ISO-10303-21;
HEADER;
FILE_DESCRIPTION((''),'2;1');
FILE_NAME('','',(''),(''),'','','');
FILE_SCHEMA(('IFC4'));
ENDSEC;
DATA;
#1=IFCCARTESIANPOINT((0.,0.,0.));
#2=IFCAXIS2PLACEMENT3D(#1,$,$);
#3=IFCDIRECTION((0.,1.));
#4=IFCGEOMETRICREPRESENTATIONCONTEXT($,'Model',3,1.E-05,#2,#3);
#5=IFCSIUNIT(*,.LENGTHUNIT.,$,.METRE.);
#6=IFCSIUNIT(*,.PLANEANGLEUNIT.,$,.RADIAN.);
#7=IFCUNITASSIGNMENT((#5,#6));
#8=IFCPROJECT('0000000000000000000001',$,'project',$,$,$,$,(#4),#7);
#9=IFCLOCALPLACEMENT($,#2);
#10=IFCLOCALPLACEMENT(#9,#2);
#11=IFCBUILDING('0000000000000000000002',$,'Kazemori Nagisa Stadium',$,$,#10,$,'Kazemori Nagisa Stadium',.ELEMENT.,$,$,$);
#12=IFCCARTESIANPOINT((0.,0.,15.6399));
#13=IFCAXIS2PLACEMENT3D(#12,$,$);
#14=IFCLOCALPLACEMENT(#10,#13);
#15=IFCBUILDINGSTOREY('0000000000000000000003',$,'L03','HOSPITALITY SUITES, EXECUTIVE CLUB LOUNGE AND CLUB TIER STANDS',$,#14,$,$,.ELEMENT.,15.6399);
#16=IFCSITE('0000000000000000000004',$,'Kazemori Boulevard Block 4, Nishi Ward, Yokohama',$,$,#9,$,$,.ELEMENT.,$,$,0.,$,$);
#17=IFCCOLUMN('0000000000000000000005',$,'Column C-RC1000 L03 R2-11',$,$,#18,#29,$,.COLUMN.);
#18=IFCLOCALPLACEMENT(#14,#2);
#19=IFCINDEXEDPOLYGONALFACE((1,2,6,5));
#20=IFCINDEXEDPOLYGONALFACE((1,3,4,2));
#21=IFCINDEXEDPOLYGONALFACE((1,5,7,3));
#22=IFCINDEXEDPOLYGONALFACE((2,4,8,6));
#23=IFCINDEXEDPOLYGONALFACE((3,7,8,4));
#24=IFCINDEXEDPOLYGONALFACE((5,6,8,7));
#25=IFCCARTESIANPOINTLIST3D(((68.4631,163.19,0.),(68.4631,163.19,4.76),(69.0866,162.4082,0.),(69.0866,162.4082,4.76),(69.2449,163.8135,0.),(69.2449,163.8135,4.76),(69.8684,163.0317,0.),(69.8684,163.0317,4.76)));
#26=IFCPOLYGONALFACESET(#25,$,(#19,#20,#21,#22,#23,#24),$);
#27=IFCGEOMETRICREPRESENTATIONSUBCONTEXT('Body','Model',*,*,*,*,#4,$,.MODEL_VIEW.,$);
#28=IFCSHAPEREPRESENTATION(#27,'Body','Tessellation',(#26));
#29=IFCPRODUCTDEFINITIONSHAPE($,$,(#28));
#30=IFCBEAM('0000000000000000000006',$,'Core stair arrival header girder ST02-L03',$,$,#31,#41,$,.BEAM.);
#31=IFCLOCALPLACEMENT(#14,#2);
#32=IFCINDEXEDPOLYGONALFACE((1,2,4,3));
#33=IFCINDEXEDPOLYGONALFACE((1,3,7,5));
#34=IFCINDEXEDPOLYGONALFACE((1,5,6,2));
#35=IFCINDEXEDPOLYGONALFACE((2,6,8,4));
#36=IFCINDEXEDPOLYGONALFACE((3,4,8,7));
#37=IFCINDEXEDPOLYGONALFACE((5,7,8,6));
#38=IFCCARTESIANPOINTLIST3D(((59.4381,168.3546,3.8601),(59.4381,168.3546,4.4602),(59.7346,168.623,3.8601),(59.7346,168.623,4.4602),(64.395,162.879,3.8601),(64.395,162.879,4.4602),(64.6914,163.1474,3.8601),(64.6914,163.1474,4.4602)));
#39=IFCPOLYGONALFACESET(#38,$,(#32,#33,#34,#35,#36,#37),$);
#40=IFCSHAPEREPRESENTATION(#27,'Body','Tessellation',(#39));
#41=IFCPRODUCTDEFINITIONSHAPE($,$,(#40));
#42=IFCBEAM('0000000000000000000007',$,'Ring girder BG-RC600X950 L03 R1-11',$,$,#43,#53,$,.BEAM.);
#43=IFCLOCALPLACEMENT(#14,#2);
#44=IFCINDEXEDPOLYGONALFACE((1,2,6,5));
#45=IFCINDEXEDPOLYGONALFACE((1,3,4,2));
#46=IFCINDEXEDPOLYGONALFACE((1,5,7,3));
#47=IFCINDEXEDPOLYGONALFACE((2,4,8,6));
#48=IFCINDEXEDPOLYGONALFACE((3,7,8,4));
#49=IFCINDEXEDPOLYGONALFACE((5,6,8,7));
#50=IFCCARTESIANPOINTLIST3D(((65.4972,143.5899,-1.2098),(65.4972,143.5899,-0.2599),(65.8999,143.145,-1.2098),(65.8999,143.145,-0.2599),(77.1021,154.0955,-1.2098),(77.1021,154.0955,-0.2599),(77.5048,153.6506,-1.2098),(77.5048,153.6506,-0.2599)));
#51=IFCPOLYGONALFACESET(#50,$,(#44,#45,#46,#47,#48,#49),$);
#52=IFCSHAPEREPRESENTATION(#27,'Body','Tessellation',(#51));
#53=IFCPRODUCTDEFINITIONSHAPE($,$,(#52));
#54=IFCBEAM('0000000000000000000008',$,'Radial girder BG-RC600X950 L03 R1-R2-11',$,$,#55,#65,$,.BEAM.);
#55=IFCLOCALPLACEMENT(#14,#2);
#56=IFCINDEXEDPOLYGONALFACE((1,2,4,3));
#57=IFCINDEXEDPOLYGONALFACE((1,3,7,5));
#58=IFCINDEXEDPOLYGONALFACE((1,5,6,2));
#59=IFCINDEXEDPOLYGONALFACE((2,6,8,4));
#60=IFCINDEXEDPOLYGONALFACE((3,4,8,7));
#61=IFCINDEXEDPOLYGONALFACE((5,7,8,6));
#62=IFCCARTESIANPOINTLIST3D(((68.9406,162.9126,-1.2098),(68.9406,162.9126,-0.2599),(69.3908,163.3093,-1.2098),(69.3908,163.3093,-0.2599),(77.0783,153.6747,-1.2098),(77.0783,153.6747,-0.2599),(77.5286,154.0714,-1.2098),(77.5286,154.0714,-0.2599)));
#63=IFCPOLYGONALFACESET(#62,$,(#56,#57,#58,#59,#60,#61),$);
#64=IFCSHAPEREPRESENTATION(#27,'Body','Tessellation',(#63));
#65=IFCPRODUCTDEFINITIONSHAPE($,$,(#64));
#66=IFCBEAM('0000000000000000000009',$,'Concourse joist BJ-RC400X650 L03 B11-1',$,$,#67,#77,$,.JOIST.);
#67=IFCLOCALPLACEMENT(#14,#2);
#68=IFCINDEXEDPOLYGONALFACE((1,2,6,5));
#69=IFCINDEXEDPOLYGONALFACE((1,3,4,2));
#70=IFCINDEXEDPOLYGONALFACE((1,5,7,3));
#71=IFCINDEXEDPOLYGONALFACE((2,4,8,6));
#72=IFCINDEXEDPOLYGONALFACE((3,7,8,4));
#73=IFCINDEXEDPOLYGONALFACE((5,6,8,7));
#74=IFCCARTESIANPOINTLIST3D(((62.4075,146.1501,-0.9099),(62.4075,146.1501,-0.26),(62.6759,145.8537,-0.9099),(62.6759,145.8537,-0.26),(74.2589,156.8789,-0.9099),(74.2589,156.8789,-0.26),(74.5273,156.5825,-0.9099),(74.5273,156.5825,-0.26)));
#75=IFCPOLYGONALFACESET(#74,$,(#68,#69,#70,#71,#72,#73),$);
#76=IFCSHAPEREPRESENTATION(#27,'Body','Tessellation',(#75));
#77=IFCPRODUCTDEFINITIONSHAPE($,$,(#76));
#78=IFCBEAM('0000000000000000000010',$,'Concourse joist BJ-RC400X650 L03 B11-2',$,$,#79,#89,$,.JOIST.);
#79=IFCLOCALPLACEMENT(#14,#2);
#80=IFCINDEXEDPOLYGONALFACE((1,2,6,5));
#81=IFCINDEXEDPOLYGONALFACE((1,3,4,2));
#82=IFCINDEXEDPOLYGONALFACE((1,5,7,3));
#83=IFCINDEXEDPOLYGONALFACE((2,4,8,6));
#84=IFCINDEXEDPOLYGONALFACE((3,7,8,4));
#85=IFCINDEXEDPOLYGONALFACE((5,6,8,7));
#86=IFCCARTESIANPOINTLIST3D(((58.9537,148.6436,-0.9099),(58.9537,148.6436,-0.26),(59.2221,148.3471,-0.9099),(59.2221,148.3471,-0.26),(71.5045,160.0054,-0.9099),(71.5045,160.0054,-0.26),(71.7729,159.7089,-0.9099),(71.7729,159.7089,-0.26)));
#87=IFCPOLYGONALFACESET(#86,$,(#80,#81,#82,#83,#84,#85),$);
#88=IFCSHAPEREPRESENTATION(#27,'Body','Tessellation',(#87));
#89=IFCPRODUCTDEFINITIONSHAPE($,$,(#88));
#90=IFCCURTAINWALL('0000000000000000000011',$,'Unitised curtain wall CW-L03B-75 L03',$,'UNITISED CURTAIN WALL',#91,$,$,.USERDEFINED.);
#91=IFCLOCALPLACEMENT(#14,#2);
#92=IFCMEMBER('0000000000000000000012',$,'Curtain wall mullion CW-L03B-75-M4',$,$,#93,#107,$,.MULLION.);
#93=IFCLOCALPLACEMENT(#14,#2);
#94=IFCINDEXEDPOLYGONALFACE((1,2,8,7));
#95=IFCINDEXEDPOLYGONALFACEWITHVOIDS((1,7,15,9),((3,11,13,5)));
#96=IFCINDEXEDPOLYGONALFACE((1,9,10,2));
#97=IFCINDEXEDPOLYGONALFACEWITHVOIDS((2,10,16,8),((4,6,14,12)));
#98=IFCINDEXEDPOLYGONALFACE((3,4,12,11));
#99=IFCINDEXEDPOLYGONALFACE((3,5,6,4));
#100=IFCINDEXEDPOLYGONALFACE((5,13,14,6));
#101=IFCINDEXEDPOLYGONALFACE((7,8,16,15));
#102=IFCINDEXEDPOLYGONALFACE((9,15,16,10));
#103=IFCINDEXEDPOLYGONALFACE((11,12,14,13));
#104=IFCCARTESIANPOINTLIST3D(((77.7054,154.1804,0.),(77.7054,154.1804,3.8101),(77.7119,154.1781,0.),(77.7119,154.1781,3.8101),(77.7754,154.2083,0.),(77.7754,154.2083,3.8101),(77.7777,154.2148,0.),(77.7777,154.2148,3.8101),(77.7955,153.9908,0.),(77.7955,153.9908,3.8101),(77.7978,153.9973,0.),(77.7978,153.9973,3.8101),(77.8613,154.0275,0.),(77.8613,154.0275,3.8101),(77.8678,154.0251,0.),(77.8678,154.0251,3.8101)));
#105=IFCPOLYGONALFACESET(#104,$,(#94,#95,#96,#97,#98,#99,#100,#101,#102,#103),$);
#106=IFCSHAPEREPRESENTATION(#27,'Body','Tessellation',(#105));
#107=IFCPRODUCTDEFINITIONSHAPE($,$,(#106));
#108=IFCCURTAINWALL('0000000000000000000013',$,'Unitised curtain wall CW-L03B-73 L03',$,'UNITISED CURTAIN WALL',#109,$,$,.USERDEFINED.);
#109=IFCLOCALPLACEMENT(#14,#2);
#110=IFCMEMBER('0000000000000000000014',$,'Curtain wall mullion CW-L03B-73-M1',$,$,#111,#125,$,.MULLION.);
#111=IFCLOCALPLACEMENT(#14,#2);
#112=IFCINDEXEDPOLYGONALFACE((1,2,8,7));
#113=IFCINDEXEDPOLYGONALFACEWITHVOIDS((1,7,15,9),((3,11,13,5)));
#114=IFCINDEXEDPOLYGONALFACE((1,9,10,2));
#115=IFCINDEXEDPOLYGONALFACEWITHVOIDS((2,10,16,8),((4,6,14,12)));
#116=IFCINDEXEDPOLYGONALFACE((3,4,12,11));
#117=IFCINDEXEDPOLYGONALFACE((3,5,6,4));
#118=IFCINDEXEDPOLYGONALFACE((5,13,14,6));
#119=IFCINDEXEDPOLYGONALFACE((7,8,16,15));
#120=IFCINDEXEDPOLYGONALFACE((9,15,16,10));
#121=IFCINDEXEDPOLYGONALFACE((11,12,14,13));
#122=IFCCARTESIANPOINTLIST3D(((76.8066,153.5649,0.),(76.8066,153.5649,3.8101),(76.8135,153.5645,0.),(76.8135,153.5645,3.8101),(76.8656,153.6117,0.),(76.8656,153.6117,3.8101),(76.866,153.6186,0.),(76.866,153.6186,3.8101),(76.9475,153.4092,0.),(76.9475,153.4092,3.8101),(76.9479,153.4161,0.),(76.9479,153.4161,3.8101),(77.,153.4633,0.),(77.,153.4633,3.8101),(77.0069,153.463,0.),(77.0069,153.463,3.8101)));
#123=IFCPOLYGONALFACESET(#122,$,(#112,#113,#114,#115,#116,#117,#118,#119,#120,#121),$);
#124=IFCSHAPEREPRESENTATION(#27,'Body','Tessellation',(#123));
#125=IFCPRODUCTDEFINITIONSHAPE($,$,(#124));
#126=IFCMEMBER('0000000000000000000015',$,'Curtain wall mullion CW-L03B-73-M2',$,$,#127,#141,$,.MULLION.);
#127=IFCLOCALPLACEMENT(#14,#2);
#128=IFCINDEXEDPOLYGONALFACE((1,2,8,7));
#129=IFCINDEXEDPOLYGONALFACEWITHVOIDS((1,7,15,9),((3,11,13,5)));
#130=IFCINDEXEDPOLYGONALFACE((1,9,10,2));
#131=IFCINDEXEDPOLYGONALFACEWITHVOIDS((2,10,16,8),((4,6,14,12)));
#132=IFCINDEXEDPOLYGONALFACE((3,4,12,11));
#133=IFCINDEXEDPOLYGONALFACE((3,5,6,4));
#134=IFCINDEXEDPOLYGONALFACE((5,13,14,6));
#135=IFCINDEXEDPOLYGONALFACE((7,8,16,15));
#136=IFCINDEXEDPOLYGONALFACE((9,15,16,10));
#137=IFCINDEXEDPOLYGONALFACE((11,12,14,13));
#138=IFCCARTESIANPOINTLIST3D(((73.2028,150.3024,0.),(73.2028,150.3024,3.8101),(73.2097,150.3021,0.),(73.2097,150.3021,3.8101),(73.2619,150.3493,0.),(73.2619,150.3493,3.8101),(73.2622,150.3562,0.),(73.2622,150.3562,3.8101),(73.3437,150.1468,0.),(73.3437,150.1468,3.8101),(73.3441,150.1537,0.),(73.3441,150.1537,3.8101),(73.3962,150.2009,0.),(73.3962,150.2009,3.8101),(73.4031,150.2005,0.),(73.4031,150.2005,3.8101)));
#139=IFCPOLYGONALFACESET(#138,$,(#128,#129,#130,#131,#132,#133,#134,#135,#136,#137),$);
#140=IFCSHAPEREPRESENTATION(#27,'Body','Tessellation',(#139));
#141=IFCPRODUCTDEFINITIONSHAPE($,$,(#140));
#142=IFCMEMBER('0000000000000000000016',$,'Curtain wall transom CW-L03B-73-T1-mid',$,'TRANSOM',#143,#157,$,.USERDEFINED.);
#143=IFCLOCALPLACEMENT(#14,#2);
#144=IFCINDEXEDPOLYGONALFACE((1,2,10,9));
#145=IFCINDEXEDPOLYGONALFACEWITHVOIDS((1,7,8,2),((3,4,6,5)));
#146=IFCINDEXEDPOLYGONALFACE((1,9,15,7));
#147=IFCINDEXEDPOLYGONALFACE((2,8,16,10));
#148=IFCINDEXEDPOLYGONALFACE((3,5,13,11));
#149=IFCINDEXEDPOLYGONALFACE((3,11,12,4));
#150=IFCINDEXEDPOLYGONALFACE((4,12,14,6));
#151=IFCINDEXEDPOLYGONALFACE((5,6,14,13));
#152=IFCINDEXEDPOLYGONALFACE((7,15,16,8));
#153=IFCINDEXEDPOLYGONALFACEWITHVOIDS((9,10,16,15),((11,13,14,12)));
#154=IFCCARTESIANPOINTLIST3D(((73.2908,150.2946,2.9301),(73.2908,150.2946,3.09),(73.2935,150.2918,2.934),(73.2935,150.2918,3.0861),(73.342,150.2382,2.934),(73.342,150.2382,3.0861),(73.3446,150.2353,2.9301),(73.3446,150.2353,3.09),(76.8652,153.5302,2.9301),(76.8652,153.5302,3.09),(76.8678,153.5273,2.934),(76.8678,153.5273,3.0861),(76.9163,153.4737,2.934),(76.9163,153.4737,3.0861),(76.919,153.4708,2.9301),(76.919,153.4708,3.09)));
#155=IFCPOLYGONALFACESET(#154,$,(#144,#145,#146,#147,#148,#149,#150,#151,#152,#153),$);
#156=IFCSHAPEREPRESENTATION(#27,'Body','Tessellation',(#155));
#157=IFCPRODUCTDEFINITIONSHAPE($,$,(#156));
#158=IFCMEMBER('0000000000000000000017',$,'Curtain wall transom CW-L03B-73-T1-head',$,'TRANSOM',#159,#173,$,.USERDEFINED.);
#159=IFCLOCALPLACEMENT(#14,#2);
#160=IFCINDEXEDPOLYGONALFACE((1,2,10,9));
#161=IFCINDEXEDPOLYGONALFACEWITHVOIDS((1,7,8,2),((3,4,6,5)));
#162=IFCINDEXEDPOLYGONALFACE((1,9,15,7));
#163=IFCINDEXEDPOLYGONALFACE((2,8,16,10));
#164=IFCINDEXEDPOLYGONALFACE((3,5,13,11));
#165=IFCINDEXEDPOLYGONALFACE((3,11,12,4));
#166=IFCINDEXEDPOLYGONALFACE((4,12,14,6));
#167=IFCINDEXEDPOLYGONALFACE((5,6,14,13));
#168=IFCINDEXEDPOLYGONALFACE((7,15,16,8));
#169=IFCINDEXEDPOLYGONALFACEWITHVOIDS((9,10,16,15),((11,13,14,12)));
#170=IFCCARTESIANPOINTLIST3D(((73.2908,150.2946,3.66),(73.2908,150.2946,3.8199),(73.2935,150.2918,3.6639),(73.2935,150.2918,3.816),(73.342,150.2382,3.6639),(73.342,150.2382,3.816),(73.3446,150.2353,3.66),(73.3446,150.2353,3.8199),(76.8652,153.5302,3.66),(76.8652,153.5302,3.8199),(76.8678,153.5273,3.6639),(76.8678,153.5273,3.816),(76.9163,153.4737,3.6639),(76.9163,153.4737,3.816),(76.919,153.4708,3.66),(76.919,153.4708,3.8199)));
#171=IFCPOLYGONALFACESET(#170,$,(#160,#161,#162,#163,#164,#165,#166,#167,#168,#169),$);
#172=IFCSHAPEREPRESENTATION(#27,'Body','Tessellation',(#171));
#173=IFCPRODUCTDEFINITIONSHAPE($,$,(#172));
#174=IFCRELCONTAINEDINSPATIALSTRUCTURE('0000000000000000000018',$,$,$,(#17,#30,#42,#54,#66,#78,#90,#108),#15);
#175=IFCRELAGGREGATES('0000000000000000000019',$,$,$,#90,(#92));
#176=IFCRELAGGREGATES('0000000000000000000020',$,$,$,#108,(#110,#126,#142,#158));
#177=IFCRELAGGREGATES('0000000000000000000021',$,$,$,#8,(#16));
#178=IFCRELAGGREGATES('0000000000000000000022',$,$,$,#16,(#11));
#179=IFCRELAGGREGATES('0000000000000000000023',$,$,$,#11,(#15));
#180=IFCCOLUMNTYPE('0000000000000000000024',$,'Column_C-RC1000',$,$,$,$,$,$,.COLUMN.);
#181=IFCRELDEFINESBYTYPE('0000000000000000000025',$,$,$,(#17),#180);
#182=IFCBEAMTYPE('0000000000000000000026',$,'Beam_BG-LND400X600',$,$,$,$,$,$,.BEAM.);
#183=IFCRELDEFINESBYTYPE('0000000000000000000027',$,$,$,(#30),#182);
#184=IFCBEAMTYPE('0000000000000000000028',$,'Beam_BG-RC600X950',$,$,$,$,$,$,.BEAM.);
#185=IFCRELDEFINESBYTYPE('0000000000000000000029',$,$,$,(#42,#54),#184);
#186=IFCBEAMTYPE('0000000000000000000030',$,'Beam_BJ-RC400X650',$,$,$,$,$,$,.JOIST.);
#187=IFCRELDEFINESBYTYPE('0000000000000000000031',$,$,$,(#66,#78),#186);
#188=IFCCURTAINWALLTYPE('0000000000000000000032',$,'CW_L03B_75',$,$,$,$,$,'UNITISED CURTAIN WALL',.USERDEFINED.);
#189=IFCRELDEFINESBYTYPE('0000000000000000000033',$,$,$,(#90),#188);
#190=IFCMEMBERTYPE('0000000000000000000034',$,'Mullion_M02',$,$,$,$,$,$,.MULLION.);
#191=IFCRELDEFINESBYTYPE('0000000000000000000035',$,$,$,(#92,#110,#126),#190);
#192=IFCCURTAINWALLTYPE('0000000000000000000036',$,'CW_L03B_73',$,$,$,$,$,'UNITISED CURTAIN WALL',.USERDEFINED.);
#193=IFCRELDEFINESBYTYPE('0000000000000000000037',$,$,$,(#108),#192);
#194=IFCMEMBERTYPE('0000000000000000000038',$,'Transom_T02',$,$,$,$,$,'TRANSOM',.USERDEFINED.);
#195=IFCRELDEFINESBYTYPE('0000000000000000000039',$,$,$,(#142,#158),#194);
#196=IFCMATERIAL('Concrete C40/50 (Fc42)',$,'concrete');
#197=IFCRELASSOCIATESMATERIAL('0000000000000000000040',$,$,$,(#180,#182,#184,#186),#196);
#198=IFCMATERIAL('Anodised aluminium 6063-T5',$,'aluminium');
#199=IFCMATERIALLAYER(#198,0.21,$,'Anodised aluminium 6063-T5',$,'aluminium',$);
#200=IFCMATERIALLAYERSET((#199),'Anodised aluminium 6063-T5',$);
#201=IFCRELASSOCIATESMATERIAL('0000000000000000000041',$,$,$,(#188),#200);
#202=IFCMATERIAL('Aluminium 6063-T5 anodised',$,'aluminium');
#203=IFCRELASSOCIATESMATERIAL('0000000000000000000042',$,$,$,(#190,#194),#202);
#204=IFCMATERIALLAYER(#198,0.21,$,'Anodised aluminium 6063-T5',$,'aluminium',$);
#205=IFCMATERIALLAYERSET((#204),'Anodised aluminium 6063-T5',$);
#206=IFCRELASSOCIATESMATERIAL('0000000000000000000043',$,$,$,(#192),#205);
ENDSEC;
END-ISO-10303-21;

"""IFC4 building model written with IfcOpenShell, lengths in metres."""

from ifc_helpers import new_model, si_unit, direction, frame, origin, origin_2d, place, context, subcontext, project, spatial, rectangle, hollow_rectangle, extrude, material, layer, layer_set, material_profile, profile_set, type_object, element, aggregate, save


model = new_model("IFC4")

# Units and contexts
model_context = context("Model", 3, precision=1e-05, world=origin(), true_north=direction((0.0, 1.0)))
body_context = subcontext(model_context, "Body", "Model", "MODEL_VIEW")
ifc_project = project(units=[si_unit("LENGTHUNIT", "METRE"), si_unit("PLANEANGLEUNIT", "RADIAN")], contexts=[model_context])

# Site, building, storey
site_placement = place(None, origin())
site = spatial("IfcSite", under=ifc_project, at=site_placement, Name="Kazemori Boulevard Block 4, Nishi Ward, Yokohama", CompositionType="ELEMENT", RefElevation=0.0)
building_placement = place(site_placement, origin())
building = spatial("IfcBuilding", under=site, at=building_placement, Name="Kazemori Nagisa Stadium", LongName="Kazemori Nagisa Stadium", CompositionType="ELEMENT")
storey_placement = place(building_placement, frame((0.0, 0.0, 15.6399)))
storey = spatial("IfcBuildingStorey", under=building, at=storey_placement, Name="L03", Description="HOSPITALITY SUITES, EXECUTIVE CLUB LOUNGE AND CLUB TIER STANDS", CompositionType="ELEMENT", Elevation=15.6399)

# Column
ifc_material_1 = material(Name="Concrete C40/50 (Fc42)", Category="concrete")
ifc_material_profile_1 = material_profile(ifc_material_1, rectangle(XDim=1.0, YDim=1.0, at=origin_2d()), Name="RC-COL-1000x1000")
ifc_profile_set_1 = profile_set([ifc_material_profile_1], Name="Concrete C40/50 (Fc42)")
column_type_1 = type_object("IfcColumnType", Name="Column_C-RC1000", PredefinedType="COLUMN", material=ifc_profile_set_1)
column_1_placement = place(storey_placement, frame((69.1658, 163.1108, 0.0), z_axis=(0.0, 0.0, 1.0), x_axis=(-0.62349, 0.781831, 0.0)))
element("IfcColumn", 1, at=column_1_placement, inside=storey, type_object=column_type_1, Name="Column C-RC1000 L03 R2-11", PredefinedType="COLUMN", context=body_context, shape_type="SweptSolid", body=[
    extrude(rectangle(XDim=1.0, YDim=1.0, at=origin_2d()), origin(), (0.0, 0.0, 1.0), 4.76),
])

# Beams
ifc_material_profile_2 = material_profile(ifc_material_1, rectangle(XDim=0.3999, YDim=0.6001, at=origin_2d()), Name="RC-BM-400x600")
ifc_profile_set_2 = profile_set([ifc_material_profile_2], Name="Concrete C40/50 (Fc42)")
beam_type_1 = type_object("IfcBeamType", Name="Beam_BG-LND400X600", PredefinedType="BEAM", material=ifc_profile_set_2)
beam_1_placement = place(storey_placement, frame((64.5432, 163.0132, 4.1602), z_axis=(-0.671113, 0.741355, 0.0), x_axis=(-0.741355, -0.671113, 0.0)))
element("IfcBeam", 2, at=beam_1_placement, inside=storey, type_object=beam_type_1, Name="Core stair arrival header girder ST02-L03", PredefinedType="BEAM", context=body_context, shape_type="SweptSolid", body=[
    extrude(rectangle(XDim=0.3999, YDim=0.6001, at=origin_2d()), origin(), (0.0, 0.0, 1.0), 7.386),
])
ifc_material_profile_3 = material_profile(ifc_material_1, rectangle(XDim=0.6001, YDim=0.95, at=origin_2d()), Name="RC-BM-600x950")
ifc_profile_set_3 = profile_set([ifc_material_profile_3], Name="Concrete C40/50 (Fc42)")
beam_type_2 = type_object("IfcBeamType", Name="Beam_BG-RC600X950", PredefinedType="BEAM", material=ifc_profile_set_3)
beam_2_placement = place(storey_placement, frame((77.3035, 153.873, -0.7349), z_axis=(-0.741349, -0.67112, 0.0), x_axis=(0.67112, -0.741349, 0.0)))
element("IfcBeam", 3, at=beam_2_placement, inside=storey, type_object=beam_type_2, Name="Ring girder BG-RC600X950 L03 R1-11", PredefinedType="BEAM", context=body_context, shape_type="SweptSolid", body=[
    extrude(rectangle(XDim=0.6001, YDim=0.95, at=origin_2d()), origin(), (0.0, 0.0, 1.0), 15.6538),
])
beam_3_placement = place(storey_placement, frame((77.3035, 153.873, -0.7349), z_axis=(-0.661014, 0.750374, 0.0), x_axis=(-0.750374, -0.661014, 0.0)))
element("IfcBeam", 4, at=beam_3_placement, inside=storey, type_object=beam_type_2, Name="Radial girder BG-RC600X950 L03 R1-R2-11", PredefinedType="BEAM", context=body_context, shape_type="SweptSolid", body=[
    extrude(rectangle(XDim=0.6001, YDim=0.95, at=origin_2d()), origin(), (0.0, 0.0, 1.0), 12.311),
])
ifc_material_profile_4 = material_profile(ifc_material_1, rectangle(XDim=0.3999, YDim=0.6499, at=origin_2d()), Name="RC-BM-400x650")
ifc_profile_set_4 = profile_set([ifc_material_profile_4], Name="Concrete C40/50 (Fc42)")
beam_type_3 = type_object("IfcBeamType", Name="Beam_BJ-RC400X650", PredefinedType="JOIST", material=ifc_profile_set_4)
beam_4_placement = place(storey_placement, frame((74.3931, 156.7307, -0.585), z_axis=(-0.741345, -0.671124, 0.0), x_axis=(0.671124, -0.741345, 0.0)))
element("IfcBeam", 5, at=beam_4_placement, inside=storey, type_object=beam_type_3, Name="Concourse joist BJ-RC400X650 L03 B11-1", PredefinedType="JOIST", context=body_context, shape_type="SweptSolid", body=[
    extrude(rectangle(XDim=0.3999, YDim=0.6499, at=origin_2d()), origin(), (0.0, 0.0, 1.0), 15.9863),
])
beam_5_placement = place(storey_placement, frame((71.6387, 159.8572, -0.585), z_axis=(-0.741349, -0.671119, 0.0), x_axis=(0.671119, -0.741349, 0.0)))
element("IfcBeam", 6, at=beam_5_placement, inside=storey, type_object=beam_type_3, Name="Concourse joist BJ-RC400X650 L03 B11-2", PredefinedType="JOIST", context=body_context, shape_type="SweptSolid", body=[
    extrude(rectangle(XDim=0.3999, YDim=0.6499, at=origin_2d()), origin(), (0.0, 0.0, 1.0), 16.9297),
])

# Curtain wall, member
ifc_material_2 = material(Name="Anodised aluminium 6063-T5", Category="aluminium")
ifc_layer_1 = layer(ifc_material_2, 0.21, Name="Anodised aluminium 6063-T5", Category="aluminium")
ifc_layer_set_1 = layer_set([ifc_layer_1], Name="Anodised aluminium 6063-T5")
curtain_wall_type_1 = type_object("IfcCurtainWallType", Name="CW_L03B_75", ElementType="UNITISED CURTAIN WALL", PredefinedType="USERDEFINED", material=ifc_layer_set_1)
curtain_wall_1_placement = place(storey_placement, origin())
curtain_wall_1 = element("IfcCurtainWall", 7, at=curtain_wall_1_placement, inside=storey, type_object=curtain_wall_type_1, Name="Unitised curtain wall CW-L03B-75 L03", ObjectType="UNITISED CURTAIN WALL", PredefinedType="USERDEFINED")
ifc_material_3 = material(Name="Aluminium 6063-T5 anodised", Category="aluminium")
ifc_material_profile_5 = material_profile(ifc_material_3, hollow_rectangle(XDim=0.0801, YDim=0.21, WallThickness=0.0049, at=origin_2d()), Name="ALU-MULL-80x210x5")
ifc_profile_set_5 = profile_set([ifc_material_profile_5], Name="Aluminium 6063-T5 anodised")
member_type_1 = type_object("IfcMemberType", Name="Mullion_M02", PredefinedType="MULLION", material=ifc_profile_set_5)
member_1_placement = place(storey_placement, frame((77.7866, 154.1028, 0.0), z_axis=(0.0, 0.0, 1.0), x_axis=(-0.903216, -0.429186, 0.0)))
member_1 = element("IfcMember", 8, at=member_1_placement, type_object=member_type_1, Name="Curtain wall mullion CW-L03B-75-M4", PredefinedType="MULLION", context=body_context, shape_type="SweptSolid", body=[
    extrude(hollow_rectangle(XDim=0.0801, YDim=0.21, WallThickness=0.0049, at=origin_2d()), origin(), (0.0, 0.0, 1.0), 3.8101),
])
aggregate(curtain_wall_1, [member_1])

# Curtain wall, members
ifc_layer_2 = layer(ifc_material_2, 0.21, Name="Anodised aluminium 6063-T5", Category="aluminium")
ifc_layer_set_2 = layer_set([ifc_layer_2], Name="Anodised aluminium 6063-T5")
curtain_wall_type_2 = type_object("IfcCurtainWallType", Name="CW_L03B_73", ElementType="UNITISED CURTAIN WALL", PredefinedType="USERDEFINED", material=ifc_layer_set_2)
curtain_wall_2_placement = place(storey_placement, origin())
curtain_wall_2 = element("IfcCurtainWall", 9, at=curtain_wall_2_placement, inside=storey, type_object=curtain_wall_type_2, Name="Unitised curtain wall CW-L03B-73 L03", ObjectType="UNITISED CURTAIN WALL", PredefinedType="USERDEFINED")
member_2_placement = place(storey_placement, frame((76.9067, 153.5139, 0.0), z_axis=(0.0, 0.0, 1.0), x_axis=(-0.741351, -0.671118, 0.0)))
member_2 = element("IfcMember", 10, at=member_2_placement, type_object=member_type_1, Name="Curtain wall mullion CW-L03B-73-M1", PredefinedType="MULLION", context=body_context, shape_type="SweptSolid", body=[
    extrude(hollow_rectangle(XDim=0.0801, YDim=0.21, WallThickness=0.0049, at=origin_2d()), origin(), (0.0, 0.0, 1.0), 3.8101),
])
member_3_placement = place(storey_placement, frame((73.303, 150.2515, 0.0), z_axis=(0.0, 0.0, 1.0), x_axis=(-0.741351, -0.671118, 0.0)))
member_3 = element("IfcMember", 11, at=member_3_placement, type_object=member_type_1, Name="Curtain wall mullion CW-L03B-73-M2", PredefinedType="MULLION", context=body_context, shape_type="SweptSolid", body=[
    extrude(hollow_rectangle(XDim=0.0801, YDim=0.21, WallThickness=0.0049, at=origin_2d()), origin(), (0.0, 0.0, 1.0), 3.8101),
])
ifc_material_profile_6 = material_profile(ifc_material_3, hollow_rectangle(XDim=0.0801, YDim=0.1599, WallThickness=0.0039, at=origin_2d()), Name="ALU-TRAN-80x160x4")
ifc_profile_set_6 = profile_set([ifc_material_profile_6], Name="Aluminium 6063-T5 anodised")
member_type_2 = type_object("IfcMemberType", Name="Transom_T02", ElementType="TRANSOM", PredefinedType="USERDEFINED", material=ifc_profile_set_6)
member_4_placement = place(storey_placement, frame((76.8921, 153.5005, 3.01), z_axis=(-0.741375, -0.671091, 0.0), x_axis=(0.671091, -0.741375, 0.0)))
member_4 = element("IfcMember", 12, at=member_4_placement, type_object=member_type_2, Name="Curtain wall transom CW-L03B-73-T1-mid", ObjectType="TRANSOM", PredefinedType="USERDEFINED", context=body_context, shape_type="SweptSolid", body=[
    extrude(hollow_rectangle(XDim=0.0801, YDim=0.1599, WallThickness=0.0039, at=origin_2d()), origin(), (0.0, 0.0, 1.0), 4.8213),
])
member_5_placement = place(storey_placement, frame((76.8921, 153.5005, 3.74), z_axis=(-0.741375, -0.671091, 0.0), x_axis=(0.671091, -0.741375, 0.0)))
member_5 = element("IfcMember", 13, at=member_5_placement, type_object=member_type_2, Name="Curtain wall transom CW-L03B-73-T1-head", ObjectType="TRANSOM", PredefinedType="USERDEFINED", context=body_context, shape_type="SweptSolid", body=[
    extrude(hollow_rectangle(XDim=0.0801, YDim=0.1599, WallThickness=0.0039, at=origin_2d()), origin(), (0.0, 0.0, 1.0), 4.8213),
])
aggregate(curtain_wall_2, [member_2, member_3, member_4, member_5])

save(model, "model.ifc")
